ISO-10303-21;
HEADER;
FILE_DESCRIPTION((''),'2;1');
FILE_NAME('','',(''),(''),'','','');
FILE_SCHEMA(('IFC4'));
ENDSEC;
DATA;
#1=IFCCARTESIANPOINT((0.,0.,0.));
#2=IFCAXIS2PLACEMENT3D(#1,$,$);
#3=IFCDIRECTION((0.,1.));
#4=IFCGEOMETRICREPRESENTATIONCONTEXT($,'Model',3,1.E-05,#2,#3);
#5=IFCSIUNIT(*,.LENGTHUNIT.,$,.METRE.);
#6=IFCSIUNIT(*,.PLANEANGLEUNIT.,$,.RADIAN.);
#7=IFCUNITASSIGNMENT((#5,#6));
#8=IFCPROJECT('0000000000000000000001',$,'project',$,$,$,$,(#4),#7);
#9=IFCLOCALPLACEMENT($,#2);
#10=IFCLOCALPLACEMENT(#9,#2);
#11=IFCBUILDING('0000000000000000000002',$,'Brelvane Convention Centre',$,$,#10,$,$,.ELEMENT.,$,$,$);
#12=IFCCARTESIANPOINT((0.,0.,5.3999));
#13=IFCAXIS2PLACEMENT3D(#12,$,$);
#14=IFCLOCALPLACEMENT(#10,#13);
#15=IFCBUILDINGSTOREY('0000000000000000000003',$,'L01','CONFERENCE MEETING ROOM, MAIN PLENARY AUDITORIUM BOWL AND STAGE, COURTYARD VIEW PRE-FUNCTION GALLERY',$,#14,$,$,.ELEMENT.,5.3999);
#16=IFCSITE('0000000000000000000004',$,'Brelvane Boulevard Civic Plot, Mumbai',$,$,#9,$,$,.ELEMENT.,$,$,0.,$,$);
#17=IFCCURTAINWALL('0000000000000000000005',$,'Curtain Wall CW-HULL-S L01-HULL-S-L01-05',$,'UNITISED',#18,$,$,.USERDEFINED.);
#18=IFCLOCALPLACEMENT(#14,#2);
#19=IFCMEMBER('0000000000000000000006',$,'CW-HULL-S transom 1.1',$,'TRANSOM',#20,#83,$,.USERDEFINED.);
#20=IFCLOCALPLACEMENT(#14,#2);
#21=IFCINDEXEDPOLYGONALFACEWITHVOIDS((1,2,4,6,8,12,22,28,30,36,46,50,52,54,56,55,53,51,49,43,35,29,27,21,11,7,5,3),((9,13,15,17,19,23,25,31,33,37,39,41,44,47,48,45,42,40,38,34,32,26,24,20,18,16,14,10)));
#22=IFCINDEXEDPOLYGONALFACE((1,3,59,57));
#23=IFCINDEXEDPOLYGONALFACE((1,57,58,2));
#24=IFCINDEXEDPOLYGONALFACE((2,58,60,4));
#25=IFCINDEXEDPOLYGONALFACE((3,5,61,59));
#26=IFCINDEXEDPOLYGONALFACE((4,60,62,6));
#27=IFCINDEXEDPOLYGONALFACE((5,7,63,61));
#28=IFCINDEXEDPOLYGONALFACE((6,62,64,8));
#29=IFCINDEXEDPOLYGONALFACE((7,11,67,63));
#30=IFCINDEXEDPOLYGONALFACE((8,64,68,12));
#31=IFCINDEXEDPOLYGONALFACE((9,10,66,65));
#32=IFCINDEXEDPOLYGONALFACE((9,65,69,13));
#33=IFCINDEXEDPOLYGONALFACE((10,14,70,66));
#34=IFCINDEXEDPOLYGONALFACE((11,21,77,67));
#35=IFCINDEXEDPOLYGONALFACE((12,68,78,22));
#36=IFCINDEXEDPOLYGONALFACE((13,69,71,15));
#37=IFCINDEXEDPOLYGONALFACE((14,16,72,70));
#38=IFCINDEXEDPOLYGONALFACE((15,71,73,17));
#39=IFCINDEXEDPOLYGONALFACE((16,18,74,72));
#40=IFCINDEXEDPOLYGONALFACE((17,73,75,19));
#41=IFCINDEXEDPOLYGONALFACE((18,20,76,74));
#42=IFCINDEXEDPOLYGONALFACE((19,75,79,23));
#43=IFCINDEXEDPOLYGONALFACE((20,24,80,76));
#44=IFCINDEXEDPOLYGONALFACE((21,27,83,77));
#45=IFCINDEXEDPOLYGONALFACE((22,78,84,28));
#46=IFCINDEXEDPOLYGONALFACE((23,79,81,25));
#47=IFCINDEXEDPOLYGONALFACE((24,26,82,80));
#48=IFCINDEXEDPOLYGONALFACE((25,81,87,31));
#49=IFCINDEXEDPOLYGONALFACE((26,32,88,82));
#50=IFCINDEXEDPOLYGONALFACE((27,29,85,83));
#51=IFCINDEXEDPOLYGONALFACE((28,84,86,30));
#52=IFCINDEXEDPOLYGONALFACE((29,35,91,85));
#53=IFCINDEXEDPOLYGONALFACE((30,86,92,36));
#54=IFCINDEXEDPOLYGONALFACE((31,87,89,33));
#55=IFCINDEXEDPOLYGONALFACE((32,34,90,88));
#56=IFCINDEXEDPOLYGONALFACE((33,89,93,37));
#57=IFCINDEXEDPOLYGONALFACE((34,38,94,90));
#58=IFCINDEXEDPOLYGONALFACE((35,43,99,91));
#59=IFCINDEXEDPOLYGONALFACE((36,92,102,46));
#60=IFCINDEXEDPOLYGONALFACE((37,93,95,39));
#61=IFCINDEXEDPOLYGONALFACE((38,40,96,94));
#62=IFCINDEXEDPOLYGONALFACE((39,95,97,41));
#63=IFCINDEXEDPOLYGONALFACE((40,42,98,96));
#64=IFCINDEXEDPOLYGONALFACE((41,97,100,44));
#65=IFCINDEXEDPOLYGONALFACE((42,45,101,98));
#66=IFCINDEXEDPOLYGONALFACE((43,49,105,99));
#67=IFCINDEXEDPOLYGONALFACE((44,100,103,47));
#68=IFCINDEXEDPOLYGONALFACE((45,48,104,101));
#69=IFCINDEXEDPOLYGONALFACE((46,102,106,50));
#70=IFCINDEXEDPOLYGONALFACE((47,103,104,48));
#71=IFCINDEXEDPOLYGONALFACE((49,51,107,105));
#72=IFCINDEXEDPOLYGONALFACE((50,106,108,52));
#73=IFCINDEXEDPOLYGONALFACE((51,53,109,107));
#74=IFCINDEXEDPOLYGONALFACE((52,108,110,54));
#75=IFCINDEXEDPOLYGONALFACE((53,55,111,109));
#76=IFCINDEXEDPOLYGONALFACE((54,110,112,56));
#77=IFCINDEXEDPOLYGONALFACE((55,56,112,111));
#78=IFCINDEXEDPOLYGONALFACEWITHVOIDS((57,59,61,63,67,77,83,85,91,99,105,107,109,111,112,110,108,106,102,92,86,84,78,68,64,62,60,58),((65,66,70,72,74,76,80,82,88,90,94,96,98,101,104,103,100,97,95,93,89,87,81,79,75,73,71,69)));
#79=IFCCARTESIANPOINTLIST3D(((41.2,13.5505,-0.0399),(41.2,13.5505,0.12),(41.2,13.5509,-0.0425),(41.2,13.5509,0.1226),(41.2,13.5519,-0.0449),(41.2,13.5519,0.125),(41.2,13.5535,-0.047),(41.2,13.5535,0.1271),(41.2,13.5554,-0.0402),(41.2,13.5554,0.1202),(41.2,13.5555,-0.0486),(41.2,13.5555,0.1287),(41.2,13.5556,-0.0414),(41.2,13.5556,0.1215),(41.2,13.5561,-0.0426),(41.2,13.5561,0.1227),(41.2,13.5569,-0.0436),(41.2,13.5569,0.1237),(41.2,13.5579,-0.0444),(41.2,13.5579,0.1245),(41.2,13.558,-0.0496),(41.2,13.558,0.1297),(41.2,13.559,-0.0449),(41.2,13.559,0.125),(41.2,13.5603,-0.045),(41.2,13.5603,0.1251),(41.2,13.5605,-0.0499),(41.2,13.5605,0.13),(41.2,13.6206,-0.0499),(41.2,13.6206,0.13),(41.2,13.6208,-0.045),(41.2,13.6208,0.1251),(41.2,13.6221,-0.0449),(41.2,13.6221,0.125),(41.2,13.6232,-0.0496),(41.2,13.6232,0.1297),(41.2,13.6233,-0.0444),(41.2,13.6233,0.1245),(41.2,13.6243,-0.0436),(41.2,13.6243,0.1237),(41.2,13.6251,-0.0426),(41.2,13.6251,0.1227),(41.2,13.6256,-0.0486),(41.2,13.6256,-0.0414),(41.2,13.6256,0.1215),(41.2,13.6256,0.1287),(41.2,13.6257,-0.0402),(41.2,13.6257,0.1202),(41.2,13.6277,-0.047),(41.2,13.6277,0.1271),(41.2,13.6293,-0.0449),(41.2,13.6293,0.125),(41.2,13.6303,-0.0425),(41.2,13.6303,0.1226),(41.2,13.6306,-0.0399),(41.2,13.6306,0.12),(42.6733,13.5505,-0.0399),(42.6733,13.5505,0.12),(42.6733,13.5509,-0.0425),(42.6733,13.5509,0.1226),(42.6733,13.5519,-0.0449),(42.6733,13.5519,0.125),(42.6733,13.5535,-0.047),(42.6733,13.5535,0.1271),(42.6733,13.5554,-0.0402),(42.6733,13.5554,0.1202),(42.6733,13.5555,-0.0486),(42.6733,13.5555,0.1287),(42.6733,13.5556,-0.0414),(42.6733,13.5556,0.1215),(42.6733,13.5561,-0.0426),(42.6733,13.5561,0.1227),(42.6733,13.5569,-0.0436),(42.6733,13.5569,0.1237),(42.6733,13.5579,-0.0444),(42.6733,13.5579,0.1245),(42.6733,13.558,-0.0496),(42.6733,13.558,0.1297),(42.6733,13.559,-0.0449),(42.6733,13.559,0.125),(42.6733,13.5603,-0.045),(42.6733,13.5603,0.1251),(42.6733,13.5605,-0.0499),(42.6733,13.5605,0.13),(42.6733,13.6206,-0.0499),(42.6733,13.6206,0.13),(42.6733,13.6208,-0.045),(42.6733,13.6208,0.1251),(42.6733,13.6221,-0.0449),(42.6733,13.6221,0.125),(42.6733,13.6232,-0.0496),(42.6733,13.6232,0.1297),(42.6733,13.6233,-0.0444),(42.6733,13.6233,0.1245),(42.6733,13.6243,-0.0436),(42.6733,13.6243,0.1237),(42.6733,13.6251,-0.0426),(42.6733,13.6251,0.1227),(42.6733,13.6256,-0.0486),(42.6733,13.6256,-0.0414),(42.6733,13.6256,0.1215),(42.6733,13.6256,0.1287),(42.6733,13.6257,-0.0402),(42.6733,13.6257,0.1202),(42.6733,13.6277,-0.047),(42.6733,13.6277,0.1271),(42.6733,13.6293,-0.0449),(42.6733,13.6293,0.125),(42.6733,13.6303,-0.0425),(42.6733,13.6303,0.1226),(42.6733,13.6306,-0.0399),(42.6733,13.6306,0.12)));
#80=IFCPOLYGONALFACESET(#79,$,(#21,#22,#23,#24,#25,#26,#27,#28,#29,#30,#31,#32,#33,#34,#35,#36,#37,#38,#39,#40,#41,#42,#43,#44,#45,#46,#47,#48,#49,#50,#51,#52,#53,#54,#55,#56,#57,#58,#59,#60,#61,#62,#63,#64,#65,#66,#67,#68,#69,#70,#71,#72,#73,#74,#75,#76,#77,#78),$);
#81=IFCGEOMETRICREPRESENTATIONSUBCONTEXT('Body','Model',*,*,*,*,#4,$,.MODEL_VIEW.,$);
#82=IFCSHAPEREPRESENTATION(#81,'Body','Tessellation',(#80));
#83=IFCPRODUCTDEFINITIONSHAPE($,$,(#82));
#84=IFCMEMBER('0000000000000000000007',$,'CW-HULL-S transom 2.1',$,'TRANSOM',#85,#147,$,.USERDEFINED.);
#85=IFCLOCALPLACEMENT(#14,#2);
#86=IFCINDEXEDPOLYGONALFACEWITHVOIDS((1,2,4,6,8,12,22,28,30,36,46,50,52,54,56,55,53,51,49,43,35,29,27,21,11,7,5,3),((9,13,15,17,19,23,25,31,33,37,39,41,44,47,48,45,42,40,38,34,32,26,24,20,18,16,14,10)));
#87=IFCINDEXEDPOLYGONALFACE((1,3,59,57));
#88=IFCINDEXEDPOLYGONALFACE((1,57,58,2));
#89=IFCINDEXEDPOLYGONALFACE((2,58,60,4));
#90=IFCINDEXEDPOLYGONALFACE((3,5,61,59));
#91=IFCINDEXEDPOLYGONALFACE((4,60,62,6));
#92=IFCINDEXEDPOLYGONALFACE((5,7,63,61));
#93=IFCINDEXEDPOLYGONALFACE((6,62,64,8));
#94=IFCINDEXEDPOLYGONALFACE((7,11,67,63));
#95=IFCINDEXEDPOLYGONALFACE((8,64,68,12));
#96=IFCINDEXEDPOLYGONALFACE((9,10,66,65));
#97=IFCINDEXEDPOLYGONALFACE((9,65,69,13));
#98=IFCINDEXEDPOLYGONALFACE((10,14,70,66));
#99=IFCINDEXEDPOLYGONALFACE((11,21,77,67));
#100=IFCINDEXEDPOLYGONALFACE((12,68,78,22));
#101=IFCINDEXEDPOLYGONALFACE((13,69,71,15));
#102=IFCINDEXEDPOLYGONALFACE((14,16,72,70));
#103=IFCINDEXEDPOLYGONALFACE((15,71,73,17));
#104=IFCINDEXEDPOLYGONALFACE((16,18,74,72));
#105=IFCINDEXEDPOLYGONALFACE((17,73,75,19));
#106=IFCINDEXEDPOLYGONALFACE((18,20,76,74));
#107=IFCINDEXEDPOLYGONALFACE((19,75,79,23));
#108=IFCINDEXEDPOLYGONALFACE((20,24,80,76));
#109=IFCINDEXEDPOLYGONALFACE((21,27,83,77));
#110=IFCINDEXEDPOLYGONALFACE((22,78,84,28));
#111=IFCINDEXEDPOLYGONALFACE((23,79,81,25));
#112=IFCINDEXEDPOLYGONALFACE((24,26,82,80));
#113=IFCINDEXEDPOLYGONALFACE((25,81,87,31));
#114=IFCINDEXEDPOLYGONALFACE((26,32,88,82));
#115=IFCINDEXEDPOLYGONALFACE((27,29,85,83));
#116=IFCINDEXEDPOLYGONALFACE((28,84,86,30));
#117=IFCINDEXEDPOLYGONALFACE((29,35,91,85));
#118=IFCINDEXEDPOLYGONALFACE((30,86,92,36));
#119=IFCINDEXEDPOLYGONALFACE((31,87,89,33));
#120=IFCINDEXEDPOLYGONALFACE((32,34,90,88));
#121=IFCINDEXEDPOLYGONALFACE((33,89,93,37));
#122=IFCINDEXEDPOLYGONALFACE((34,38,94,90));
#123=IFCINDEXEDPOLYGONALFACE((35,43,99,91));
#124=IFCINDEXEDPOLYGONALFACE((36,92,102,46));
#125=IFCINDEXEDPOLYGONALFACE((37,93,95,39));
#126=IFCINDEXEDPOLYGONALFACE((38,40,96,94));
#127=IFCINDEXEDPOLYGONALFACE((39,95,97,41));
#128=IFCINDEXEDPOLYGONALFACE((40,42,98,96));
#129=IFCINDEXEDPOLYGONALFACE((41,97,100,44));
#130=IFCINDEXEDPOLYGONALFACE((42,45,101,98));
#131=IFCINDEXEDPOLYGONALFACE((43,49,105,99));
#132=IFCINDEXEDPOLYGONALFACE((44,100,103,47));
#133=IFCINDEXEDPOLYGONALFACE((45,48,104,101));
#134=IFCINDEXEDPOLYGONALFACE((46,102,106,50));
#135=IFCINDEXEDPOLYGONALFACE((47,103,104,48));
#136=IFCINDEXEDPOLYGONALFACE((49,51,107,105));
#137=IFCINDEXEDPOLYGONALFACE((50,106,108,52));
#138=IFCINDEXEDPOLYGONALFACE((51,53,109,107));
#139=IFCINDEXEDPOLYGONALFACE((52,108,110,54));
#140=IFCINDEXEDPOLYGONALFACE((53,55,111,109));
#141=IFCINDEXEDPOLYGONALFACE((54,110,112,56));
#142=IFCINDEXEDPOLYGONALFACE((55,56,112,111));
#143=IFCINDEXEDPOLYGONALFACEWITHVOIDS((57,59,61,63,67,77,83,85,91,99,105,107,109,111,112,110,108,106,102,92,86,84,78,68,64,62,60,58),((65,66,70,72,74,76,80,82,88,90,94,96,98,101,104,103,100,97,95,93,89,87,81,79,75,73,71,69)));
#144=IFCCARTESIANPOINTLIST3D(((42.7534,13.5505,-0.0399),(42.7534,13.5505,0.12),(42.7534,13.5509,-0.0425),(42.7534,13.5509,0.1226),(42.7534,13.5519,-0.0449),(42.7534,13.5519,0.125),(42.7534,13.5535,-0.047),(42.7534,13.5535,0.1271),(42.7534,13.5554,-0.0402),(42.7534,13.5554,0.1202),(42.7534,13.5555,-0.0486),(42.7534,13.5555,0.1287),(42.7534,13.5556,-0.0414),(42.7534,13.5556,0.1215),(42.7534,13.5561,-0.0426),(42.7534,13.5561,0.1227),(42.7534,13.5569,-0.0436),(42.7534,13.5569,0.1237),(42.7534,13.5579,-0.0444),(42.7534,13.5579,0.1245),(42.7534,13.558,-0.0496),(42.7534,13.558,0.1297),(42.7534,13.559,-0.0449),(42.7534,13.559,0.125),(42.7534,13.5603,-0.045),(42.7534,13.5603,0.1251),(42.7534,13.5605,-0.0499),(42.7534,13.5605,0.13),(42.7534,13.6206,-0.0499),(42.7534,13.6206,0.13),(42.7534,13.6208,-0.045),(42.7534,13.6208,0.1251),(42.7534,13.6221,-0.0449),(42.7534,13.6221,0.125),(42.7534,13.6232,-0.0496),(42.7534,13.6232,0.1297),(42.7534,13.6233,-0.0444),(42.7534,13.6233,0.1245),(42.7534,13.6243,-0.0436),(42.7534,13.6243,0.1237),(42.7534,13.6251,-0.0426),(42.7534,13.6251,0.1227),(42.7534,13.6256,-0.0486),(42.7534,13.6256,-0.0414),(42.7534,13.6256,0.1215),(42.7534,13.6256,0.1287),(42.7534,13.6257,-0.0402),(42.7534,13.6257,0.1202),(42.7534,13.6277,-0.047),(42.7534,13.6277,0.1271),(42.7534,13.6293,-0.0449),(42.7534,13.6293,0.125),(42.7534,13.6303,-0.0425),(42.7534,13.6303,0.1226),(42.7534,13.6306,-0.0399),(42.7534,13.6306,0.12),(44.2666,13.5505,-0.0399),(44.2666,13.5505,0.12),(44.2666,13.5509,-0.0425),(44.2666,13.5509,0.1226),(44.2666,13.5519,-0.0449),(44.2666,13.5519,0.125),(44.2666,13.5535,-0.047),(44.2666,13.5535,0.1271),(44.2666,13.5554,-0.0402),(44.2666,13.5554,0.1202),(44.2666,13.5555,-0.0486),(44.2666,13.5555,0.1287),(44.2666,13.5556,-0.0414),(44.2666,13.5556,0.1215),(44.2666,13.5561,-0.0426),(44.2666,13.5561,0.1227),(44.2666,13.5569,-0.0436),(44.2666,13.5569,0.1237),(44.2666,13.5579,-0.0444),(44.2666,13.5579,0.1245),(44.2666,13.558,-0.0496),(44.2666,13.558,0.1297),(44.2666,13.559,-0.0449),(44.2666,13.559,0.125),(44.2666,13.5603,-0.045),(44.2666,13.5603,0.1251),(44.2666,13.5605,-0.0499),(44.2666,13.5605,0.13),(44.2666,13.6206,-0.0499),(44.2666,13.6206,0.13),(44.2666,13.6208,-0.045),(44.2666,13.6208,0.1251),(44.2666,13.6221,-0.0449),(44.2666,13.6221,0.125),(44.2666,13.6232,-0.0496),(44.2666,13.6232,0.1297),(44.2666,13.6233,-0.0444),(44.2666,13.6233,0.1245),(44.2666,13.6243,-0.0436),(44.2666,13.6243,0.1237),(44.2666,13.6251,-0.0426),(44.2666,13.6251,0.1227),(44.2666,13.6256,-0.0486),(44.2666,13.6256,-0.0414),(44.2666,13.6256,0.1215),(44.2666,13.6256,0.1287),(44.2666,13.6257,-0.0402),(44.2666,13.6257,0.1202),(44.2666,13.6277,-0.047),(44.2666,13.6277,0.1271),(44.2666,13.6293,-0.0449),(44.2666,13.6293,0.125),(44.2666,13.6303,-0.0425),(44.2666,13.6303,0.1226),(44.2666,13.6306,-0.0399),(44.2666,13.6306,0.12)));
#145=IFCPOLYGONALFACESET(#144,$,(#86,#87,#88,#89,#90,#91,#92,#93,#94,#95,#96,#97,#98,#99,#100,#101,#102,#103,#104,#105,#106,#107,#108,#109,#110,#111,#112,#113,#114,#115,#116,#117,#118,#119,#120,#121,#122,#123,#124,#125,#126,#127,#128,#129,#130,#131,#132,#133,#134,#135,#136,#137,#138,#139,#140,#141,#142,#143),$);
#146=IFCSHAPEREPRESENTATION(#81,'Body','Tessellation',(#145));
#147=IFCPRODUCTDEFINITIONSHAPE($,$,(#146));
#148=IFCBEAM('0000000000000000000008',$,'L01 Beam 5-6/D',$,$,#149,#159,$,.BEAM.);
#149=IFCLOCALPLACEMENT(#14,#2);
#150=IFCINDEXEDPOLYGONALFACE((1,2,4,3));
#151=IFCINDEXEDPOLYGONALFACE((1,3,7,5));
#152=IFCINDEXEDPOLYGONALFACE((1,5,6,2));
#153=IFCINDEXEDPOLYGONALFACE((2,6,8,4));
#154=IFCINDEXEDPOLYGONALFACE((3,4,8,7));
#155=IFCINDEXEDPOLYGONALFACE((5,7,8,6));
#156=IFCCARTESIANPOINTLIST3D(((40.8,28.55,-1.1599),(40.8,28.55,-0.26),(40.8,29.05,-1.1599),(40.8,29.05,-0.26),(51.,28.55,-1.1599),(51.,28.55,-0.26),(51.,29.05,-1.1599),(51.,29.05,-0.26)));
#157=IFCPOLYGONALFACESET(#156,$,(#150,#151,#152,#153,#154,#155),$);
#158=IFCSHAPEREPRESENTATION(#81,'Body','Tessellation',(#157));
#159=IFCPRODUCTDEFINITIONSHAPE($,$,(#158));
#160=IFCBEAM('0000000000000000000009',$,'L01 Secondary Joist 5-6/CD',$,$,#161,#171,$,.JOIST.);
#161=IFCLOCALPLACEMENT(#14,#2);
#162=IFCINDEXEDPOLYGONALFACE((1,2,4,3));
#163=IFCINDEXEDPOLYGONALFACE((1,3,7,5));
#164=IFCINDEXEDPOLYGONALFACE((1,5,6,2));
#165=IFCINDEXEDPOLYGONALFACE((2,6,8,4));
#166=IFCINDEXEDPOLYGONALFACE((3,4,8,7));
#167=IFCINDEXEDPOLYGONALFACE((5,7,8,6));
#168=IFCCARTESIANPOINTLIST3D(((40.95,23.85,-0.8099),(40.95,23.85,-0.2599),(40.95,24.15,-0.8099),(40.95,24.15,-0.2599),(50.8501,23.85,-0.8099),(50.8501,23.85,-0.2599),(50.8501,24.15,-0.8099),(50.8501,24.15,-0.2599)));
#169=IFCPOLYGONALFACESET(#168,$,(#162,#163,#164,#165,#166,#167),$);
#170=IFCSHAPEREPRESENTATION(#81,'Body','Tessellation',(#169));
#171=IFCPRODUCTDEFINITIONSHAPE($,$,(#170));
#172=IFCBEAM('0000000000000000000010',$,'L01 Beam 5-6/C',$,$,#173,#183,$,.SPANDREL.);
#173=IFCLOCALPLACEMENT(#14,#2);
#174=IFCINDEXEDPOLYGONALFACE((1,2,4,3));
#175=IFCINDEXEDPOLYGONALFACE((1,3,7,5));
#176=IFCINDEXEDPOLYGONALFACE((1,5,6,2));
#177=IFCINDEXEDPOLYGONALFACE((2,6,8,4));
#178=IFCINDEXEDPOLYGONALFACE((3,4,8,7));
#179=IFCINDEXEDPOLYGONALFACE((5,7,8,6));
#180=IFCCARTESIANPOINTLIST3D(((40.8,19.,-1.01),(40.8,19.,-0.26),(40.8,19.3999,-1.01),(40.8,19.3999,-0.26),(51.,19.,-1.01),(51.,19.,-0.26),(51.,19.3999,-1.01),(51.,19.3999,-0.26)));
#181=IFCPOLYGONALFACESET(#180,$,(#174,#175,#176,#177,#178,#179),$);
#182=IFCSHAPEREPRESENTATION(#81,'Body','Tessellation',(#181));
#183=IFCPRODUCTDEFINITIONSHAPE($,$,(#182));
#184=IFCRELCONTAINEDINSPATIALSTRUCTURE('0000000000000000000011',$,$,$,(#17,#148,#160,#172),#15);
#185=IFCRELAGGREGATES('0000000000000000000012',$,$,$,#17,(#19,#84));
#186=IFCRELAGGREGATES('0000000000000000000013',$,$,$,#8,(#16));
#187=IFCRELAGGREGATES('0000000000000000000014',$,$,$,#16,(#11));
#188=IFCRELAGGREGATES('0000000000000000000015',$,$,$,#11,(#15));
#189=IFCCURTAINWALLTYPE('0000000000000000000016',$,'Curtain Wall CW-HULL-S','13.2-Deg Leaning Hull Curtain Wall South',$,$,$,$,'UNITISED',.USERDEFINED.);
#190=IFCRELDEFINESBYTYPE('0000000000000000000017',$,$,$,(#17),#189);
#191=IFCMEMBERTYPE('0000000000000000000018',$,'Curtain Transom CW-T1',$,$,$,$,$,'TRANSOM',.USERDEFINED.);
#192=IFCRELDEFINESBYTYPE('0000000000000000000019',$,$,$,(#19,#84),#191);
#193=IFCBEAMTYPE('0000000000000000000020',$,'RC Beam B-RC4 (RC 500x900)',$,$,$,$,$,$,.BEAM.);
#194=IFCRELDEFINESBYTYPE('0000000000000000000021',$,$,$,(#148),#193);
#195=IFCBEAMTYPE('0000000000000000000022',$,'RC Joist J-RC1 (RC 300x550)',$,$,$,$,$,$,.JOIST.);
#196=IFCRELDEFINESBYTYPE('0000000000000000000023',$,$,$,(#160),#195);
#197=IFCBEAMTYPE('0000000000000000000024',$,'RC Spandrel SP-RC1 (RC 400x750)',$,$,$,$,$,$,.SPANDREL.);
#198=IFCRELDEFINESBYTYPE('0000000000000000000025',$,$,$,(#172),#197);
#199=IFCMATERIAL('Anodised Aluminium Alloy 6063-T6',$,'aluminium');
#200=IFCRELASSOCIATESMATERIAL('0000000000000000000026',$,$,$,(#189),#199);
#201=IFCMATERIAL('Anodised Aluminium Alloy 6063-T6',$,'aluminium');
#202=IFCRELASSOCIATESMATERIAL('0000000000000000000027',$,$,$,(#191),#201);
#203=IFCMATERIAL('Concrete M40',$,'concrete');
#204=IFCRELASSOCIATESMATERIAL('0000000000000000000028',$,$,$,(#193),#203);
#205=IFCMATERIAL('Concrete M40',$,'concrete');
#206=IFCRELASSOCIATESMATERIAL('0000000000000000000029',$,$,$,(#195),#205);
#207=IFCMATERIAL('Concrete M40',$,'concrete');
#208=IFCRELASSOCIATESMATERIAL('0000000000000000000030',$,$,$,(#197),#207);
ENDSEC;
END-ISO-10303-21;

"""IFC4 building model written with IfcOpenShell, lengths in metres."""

from ifc_helpers import new_model, si_unit, direction, frame, origin, origin_2d, place, context, subcontext, project, spatial, rectangle, hollow_rectangle, extrude, material, material_profile, profile_set, type_object, element, aggregate, save


model = new_model("IFC4")

# Units and contexts
model_context = context("Model", 3, precision=1e-05, world=origin(), true_north=direction((0.0, 1.0)))
body_context = subcontext(model_context, "Body", "Model", "MODEL_VIEW")
ifc_project = project(units=[si_unit("LENGTHUNIT", "METRE"), si_unit("PLANEANGLEUNIT", "RADIAN")], contexts=[model_context])

# Site, building, storey
site_placement = place(None, origin())
site = spatial("IfcSite", under=ifc_project, at=site_placement, Name="Brelvane Boulevard Civic Plot, Mumbai", CompositionType="ELEMENT", RefElevation=0.0)
building_placement = place(site_placement, origin())
building = spatial("IfcBuilding", under=site, at=building_placement, Name="Brelvane Convention Centre", CompositionType="ELEMENT")
storey_placement = place(building_placement, frame((0.0, 0.0, 5.3999)))
storey = spatial("IfcBuildingStorey", under=building, at=storey_placement, Name="L01", Description="CONFERENCE MEETING ROOM, MAIN PLENARY AUDITORIUM BOWL AND STAGE, COURTYARD VIEW PRE-FUNCTION GALLERY", CompositionType="ELEMENT", Elevation=5.3999)

# Curtain wall
ifc_material_1 = material(Name="Anodised Aluminium Alloy 6063-T6", Category="aluminium")
curtain_wall_type = type_object("IfcCurtainWallType", Name="Curtain Wall CW-HULL-S", Description="13.2-Deg Leaning Hull Curtain Wall South", ElementType="UNITISED", PredefinedType="USERDEFINED", material=ifc_material_1)
curtain_wall_1_placement = place(storey_placement, origin())
curtain_wall_1 = element("IfcCurtainWall", 1, at=curtain_wall_1_placement, inside=storey, type_object=curtain_wall_type, Name="Curtain Wall CW-HULL-S L01-HULL-S-L01-05", ObjectType="UNITISED", PredefinedType="USERDEFINED")

# Members
ifc_material_2 = material(Name="Anodised Aluminium Alloy 6063-T6", Category="aluminium")
ifc_material_profile_1 = material_profile(ifc_material_2, hollow_rectangle(XDim=0.0801, YDim=0.1799, WallThickness=0.0049, InnerFilletRadius=0.0049, OuterFilletRadius=0.01, at=origin_2d()), Name="ALU-T 180x80x5.0")
ifc_profile_set_1 = profile_set([ifc_material_profile_1], Name="Anodised Aluminium Alloy 6063-T6")
member_type_1 = type_object("IfcMemberType", Name="Curtain Transom CW-T1", ElementType="TRANSOM", PredefinedType="USERDEFINED", material=ifc_profile_set_1)
member_1_placement = place(storey_placement, frame((41.2, 13.5906, 0.04), z_axis=(1.0, 0.0, 0.0), x_axis=(0.0, 1.0, 0.0)))
member_1 = element("IfcMember", 2, at=member_1_placement, type_object=member_type_1, Name="CW-HULL-S transom 1.1", ObjectType="TRANSOM", PredefinedType="USERDEFINED", context=body_context, shape_type="SweptSolid", body=[
    extrude(hollow_rectangle(XDim=0.0801, YDim=0.1799, WallThickness=0.0049, InnerFilletRadius=0.0049, OuterFilletRadius=0.01, at=origin_2d()), origin(), (0.0, 0.0, 1.0), 1.4734),
])
member_2_placement = place(storey_placement, frame((42.7534, 13.5906, 0.04), z_axis=(1.0, 0.0, 0.0), x_axis=(0.0, 1.0, 0.0)))
member_2 = element("IfcMember", 3, at=member_2_placement, type_object=member_type_1, Name="CW-HULL-S transom 2.1", ObjectType="TRANSOM", PredefinedType="USERDEFINED", context=body_context, shape_type="SweptSolid", body=[
    extrude(hollow_rectangle(XDim=0.0801, YDim=0.1799, WallThickness=0.0049, InnerFilletRadius=0.0049, OuterFilletRadius=0.01, at=origin_2d()), origin(), (0.0, 0.0, 1.0), 1.5132),
])

# Beams
ifc_material_3 = material(Name="Concrete M40", Category="concrete")
ifc_material_profile_2 = material_profile(ifc_material_3, rectangle(XDim=0.5, YDim=0.8999, at=origin_2d()), Name="RC 500x900")
ifc_profile_set_2 = profile_set([ifc_material_profile_2], Name="Concrete M40")
beam_type_1 = type_object("IfcBeamType", Name="RC Beam B-RC4 (RC 500x900)", PredefinedType="BEAM", material=ifc_profile_set_2)
beam_1_placement = place(storey_placement, frame((40.8, 28.8, -0.71), z_axis=(1.0, 0.0, 0.0), x_axis=(0.0, 1.0, 0.0)))
element("IfcBeam", 4, at=beam_1_placement, inside=storey, type_object=beam_type_1, Name="L01 Beam 5-6/D", PredefinedType="BEAM", context=body_context, shape_type="SweptSolid", body=[
    extrude(rectangle(XDim=0.5, YDim=0.8999, at=origin_2d()), origin(), (0.0, 0.0, 1.0), 10.2),
])
ifc_material_4 = material(Name="Concrete M40", Category="concrete")
ifc_material_profile_3 = material_profile(ifc_material_4, rectangle(XDim=0.3, YDim=0.55, at=origin_2d()), Name="RC 300x550")
ifc_profile_set_3 = profile_set([ifc_material_profile_3], Name="Concrete M40")
beam_type_2 = type_object("IfcBeamType", Name="RC Joist J-RC1 (RC 300x550)", PredefinedType="JOIST", material=ifc_profile_set_3)
beam_2_placement = place(storey_placement, frame((40.95, 24.0, -0.5349), z_axis=(1.0, 0.0, 0.0), x_axis=(0.0, 1.0, 0.0)))
element("IfcBeam", 5, at=beam_2_placement, inside=storey, type_object=beam_type_2, Name="L01 Secondary Joist 5-6/CD", PredefinedType="JOIST", context=body_context, shape_type="SweptSolid", body=[
    extrude(rectangle(XDim=0.3, YDim=0.55, at=origin_2d()), origin(), (0.0, 0.0, 1.0), 9.9001),
])
ifc_material_5 = material(Name="Concrete M40", Category="concrete")
ifc_material_profile_4 = material_profile(ifc_material_5, rectangle(XDim=0.3999, YDim=0.75, at=origin_2d()), Name="RC 400x750")
ifc_profile_set_4 = profile_set([ifc_material_profile_4], Name="Concrete M40")
beam_type_3 = type_object("IfcBeamType", Name="RC Spandrel SP-RC1 (RC 400x750)", PredefinedType="SPANDREL", material=ifc_profile_set_4)
beam_3_placement = place(storey_placement, frame((40.8, 19.2, -0.635), z_axis=(1.0, 0.0, 0.0), x_axis=(0.0, 1.0, 0.0)))
element("IfcBeam", 6, at=beam_3_placement, inside=storey, type_object=beam_type_3, Name="L01 Beam 5-6/C", PredefinedType="SPANDREL", context=body_context, shape_type="SweptSolid", body=[
    extrude(rectangle(XDim=0.3999, YDim=0.75, at=origin_2d()), origin(), (0.0, 0.0, 1.0), 10.2),
])

aggregate(curtain_wall_1, [member_1, member_2])

save(model, "model.ifc")
